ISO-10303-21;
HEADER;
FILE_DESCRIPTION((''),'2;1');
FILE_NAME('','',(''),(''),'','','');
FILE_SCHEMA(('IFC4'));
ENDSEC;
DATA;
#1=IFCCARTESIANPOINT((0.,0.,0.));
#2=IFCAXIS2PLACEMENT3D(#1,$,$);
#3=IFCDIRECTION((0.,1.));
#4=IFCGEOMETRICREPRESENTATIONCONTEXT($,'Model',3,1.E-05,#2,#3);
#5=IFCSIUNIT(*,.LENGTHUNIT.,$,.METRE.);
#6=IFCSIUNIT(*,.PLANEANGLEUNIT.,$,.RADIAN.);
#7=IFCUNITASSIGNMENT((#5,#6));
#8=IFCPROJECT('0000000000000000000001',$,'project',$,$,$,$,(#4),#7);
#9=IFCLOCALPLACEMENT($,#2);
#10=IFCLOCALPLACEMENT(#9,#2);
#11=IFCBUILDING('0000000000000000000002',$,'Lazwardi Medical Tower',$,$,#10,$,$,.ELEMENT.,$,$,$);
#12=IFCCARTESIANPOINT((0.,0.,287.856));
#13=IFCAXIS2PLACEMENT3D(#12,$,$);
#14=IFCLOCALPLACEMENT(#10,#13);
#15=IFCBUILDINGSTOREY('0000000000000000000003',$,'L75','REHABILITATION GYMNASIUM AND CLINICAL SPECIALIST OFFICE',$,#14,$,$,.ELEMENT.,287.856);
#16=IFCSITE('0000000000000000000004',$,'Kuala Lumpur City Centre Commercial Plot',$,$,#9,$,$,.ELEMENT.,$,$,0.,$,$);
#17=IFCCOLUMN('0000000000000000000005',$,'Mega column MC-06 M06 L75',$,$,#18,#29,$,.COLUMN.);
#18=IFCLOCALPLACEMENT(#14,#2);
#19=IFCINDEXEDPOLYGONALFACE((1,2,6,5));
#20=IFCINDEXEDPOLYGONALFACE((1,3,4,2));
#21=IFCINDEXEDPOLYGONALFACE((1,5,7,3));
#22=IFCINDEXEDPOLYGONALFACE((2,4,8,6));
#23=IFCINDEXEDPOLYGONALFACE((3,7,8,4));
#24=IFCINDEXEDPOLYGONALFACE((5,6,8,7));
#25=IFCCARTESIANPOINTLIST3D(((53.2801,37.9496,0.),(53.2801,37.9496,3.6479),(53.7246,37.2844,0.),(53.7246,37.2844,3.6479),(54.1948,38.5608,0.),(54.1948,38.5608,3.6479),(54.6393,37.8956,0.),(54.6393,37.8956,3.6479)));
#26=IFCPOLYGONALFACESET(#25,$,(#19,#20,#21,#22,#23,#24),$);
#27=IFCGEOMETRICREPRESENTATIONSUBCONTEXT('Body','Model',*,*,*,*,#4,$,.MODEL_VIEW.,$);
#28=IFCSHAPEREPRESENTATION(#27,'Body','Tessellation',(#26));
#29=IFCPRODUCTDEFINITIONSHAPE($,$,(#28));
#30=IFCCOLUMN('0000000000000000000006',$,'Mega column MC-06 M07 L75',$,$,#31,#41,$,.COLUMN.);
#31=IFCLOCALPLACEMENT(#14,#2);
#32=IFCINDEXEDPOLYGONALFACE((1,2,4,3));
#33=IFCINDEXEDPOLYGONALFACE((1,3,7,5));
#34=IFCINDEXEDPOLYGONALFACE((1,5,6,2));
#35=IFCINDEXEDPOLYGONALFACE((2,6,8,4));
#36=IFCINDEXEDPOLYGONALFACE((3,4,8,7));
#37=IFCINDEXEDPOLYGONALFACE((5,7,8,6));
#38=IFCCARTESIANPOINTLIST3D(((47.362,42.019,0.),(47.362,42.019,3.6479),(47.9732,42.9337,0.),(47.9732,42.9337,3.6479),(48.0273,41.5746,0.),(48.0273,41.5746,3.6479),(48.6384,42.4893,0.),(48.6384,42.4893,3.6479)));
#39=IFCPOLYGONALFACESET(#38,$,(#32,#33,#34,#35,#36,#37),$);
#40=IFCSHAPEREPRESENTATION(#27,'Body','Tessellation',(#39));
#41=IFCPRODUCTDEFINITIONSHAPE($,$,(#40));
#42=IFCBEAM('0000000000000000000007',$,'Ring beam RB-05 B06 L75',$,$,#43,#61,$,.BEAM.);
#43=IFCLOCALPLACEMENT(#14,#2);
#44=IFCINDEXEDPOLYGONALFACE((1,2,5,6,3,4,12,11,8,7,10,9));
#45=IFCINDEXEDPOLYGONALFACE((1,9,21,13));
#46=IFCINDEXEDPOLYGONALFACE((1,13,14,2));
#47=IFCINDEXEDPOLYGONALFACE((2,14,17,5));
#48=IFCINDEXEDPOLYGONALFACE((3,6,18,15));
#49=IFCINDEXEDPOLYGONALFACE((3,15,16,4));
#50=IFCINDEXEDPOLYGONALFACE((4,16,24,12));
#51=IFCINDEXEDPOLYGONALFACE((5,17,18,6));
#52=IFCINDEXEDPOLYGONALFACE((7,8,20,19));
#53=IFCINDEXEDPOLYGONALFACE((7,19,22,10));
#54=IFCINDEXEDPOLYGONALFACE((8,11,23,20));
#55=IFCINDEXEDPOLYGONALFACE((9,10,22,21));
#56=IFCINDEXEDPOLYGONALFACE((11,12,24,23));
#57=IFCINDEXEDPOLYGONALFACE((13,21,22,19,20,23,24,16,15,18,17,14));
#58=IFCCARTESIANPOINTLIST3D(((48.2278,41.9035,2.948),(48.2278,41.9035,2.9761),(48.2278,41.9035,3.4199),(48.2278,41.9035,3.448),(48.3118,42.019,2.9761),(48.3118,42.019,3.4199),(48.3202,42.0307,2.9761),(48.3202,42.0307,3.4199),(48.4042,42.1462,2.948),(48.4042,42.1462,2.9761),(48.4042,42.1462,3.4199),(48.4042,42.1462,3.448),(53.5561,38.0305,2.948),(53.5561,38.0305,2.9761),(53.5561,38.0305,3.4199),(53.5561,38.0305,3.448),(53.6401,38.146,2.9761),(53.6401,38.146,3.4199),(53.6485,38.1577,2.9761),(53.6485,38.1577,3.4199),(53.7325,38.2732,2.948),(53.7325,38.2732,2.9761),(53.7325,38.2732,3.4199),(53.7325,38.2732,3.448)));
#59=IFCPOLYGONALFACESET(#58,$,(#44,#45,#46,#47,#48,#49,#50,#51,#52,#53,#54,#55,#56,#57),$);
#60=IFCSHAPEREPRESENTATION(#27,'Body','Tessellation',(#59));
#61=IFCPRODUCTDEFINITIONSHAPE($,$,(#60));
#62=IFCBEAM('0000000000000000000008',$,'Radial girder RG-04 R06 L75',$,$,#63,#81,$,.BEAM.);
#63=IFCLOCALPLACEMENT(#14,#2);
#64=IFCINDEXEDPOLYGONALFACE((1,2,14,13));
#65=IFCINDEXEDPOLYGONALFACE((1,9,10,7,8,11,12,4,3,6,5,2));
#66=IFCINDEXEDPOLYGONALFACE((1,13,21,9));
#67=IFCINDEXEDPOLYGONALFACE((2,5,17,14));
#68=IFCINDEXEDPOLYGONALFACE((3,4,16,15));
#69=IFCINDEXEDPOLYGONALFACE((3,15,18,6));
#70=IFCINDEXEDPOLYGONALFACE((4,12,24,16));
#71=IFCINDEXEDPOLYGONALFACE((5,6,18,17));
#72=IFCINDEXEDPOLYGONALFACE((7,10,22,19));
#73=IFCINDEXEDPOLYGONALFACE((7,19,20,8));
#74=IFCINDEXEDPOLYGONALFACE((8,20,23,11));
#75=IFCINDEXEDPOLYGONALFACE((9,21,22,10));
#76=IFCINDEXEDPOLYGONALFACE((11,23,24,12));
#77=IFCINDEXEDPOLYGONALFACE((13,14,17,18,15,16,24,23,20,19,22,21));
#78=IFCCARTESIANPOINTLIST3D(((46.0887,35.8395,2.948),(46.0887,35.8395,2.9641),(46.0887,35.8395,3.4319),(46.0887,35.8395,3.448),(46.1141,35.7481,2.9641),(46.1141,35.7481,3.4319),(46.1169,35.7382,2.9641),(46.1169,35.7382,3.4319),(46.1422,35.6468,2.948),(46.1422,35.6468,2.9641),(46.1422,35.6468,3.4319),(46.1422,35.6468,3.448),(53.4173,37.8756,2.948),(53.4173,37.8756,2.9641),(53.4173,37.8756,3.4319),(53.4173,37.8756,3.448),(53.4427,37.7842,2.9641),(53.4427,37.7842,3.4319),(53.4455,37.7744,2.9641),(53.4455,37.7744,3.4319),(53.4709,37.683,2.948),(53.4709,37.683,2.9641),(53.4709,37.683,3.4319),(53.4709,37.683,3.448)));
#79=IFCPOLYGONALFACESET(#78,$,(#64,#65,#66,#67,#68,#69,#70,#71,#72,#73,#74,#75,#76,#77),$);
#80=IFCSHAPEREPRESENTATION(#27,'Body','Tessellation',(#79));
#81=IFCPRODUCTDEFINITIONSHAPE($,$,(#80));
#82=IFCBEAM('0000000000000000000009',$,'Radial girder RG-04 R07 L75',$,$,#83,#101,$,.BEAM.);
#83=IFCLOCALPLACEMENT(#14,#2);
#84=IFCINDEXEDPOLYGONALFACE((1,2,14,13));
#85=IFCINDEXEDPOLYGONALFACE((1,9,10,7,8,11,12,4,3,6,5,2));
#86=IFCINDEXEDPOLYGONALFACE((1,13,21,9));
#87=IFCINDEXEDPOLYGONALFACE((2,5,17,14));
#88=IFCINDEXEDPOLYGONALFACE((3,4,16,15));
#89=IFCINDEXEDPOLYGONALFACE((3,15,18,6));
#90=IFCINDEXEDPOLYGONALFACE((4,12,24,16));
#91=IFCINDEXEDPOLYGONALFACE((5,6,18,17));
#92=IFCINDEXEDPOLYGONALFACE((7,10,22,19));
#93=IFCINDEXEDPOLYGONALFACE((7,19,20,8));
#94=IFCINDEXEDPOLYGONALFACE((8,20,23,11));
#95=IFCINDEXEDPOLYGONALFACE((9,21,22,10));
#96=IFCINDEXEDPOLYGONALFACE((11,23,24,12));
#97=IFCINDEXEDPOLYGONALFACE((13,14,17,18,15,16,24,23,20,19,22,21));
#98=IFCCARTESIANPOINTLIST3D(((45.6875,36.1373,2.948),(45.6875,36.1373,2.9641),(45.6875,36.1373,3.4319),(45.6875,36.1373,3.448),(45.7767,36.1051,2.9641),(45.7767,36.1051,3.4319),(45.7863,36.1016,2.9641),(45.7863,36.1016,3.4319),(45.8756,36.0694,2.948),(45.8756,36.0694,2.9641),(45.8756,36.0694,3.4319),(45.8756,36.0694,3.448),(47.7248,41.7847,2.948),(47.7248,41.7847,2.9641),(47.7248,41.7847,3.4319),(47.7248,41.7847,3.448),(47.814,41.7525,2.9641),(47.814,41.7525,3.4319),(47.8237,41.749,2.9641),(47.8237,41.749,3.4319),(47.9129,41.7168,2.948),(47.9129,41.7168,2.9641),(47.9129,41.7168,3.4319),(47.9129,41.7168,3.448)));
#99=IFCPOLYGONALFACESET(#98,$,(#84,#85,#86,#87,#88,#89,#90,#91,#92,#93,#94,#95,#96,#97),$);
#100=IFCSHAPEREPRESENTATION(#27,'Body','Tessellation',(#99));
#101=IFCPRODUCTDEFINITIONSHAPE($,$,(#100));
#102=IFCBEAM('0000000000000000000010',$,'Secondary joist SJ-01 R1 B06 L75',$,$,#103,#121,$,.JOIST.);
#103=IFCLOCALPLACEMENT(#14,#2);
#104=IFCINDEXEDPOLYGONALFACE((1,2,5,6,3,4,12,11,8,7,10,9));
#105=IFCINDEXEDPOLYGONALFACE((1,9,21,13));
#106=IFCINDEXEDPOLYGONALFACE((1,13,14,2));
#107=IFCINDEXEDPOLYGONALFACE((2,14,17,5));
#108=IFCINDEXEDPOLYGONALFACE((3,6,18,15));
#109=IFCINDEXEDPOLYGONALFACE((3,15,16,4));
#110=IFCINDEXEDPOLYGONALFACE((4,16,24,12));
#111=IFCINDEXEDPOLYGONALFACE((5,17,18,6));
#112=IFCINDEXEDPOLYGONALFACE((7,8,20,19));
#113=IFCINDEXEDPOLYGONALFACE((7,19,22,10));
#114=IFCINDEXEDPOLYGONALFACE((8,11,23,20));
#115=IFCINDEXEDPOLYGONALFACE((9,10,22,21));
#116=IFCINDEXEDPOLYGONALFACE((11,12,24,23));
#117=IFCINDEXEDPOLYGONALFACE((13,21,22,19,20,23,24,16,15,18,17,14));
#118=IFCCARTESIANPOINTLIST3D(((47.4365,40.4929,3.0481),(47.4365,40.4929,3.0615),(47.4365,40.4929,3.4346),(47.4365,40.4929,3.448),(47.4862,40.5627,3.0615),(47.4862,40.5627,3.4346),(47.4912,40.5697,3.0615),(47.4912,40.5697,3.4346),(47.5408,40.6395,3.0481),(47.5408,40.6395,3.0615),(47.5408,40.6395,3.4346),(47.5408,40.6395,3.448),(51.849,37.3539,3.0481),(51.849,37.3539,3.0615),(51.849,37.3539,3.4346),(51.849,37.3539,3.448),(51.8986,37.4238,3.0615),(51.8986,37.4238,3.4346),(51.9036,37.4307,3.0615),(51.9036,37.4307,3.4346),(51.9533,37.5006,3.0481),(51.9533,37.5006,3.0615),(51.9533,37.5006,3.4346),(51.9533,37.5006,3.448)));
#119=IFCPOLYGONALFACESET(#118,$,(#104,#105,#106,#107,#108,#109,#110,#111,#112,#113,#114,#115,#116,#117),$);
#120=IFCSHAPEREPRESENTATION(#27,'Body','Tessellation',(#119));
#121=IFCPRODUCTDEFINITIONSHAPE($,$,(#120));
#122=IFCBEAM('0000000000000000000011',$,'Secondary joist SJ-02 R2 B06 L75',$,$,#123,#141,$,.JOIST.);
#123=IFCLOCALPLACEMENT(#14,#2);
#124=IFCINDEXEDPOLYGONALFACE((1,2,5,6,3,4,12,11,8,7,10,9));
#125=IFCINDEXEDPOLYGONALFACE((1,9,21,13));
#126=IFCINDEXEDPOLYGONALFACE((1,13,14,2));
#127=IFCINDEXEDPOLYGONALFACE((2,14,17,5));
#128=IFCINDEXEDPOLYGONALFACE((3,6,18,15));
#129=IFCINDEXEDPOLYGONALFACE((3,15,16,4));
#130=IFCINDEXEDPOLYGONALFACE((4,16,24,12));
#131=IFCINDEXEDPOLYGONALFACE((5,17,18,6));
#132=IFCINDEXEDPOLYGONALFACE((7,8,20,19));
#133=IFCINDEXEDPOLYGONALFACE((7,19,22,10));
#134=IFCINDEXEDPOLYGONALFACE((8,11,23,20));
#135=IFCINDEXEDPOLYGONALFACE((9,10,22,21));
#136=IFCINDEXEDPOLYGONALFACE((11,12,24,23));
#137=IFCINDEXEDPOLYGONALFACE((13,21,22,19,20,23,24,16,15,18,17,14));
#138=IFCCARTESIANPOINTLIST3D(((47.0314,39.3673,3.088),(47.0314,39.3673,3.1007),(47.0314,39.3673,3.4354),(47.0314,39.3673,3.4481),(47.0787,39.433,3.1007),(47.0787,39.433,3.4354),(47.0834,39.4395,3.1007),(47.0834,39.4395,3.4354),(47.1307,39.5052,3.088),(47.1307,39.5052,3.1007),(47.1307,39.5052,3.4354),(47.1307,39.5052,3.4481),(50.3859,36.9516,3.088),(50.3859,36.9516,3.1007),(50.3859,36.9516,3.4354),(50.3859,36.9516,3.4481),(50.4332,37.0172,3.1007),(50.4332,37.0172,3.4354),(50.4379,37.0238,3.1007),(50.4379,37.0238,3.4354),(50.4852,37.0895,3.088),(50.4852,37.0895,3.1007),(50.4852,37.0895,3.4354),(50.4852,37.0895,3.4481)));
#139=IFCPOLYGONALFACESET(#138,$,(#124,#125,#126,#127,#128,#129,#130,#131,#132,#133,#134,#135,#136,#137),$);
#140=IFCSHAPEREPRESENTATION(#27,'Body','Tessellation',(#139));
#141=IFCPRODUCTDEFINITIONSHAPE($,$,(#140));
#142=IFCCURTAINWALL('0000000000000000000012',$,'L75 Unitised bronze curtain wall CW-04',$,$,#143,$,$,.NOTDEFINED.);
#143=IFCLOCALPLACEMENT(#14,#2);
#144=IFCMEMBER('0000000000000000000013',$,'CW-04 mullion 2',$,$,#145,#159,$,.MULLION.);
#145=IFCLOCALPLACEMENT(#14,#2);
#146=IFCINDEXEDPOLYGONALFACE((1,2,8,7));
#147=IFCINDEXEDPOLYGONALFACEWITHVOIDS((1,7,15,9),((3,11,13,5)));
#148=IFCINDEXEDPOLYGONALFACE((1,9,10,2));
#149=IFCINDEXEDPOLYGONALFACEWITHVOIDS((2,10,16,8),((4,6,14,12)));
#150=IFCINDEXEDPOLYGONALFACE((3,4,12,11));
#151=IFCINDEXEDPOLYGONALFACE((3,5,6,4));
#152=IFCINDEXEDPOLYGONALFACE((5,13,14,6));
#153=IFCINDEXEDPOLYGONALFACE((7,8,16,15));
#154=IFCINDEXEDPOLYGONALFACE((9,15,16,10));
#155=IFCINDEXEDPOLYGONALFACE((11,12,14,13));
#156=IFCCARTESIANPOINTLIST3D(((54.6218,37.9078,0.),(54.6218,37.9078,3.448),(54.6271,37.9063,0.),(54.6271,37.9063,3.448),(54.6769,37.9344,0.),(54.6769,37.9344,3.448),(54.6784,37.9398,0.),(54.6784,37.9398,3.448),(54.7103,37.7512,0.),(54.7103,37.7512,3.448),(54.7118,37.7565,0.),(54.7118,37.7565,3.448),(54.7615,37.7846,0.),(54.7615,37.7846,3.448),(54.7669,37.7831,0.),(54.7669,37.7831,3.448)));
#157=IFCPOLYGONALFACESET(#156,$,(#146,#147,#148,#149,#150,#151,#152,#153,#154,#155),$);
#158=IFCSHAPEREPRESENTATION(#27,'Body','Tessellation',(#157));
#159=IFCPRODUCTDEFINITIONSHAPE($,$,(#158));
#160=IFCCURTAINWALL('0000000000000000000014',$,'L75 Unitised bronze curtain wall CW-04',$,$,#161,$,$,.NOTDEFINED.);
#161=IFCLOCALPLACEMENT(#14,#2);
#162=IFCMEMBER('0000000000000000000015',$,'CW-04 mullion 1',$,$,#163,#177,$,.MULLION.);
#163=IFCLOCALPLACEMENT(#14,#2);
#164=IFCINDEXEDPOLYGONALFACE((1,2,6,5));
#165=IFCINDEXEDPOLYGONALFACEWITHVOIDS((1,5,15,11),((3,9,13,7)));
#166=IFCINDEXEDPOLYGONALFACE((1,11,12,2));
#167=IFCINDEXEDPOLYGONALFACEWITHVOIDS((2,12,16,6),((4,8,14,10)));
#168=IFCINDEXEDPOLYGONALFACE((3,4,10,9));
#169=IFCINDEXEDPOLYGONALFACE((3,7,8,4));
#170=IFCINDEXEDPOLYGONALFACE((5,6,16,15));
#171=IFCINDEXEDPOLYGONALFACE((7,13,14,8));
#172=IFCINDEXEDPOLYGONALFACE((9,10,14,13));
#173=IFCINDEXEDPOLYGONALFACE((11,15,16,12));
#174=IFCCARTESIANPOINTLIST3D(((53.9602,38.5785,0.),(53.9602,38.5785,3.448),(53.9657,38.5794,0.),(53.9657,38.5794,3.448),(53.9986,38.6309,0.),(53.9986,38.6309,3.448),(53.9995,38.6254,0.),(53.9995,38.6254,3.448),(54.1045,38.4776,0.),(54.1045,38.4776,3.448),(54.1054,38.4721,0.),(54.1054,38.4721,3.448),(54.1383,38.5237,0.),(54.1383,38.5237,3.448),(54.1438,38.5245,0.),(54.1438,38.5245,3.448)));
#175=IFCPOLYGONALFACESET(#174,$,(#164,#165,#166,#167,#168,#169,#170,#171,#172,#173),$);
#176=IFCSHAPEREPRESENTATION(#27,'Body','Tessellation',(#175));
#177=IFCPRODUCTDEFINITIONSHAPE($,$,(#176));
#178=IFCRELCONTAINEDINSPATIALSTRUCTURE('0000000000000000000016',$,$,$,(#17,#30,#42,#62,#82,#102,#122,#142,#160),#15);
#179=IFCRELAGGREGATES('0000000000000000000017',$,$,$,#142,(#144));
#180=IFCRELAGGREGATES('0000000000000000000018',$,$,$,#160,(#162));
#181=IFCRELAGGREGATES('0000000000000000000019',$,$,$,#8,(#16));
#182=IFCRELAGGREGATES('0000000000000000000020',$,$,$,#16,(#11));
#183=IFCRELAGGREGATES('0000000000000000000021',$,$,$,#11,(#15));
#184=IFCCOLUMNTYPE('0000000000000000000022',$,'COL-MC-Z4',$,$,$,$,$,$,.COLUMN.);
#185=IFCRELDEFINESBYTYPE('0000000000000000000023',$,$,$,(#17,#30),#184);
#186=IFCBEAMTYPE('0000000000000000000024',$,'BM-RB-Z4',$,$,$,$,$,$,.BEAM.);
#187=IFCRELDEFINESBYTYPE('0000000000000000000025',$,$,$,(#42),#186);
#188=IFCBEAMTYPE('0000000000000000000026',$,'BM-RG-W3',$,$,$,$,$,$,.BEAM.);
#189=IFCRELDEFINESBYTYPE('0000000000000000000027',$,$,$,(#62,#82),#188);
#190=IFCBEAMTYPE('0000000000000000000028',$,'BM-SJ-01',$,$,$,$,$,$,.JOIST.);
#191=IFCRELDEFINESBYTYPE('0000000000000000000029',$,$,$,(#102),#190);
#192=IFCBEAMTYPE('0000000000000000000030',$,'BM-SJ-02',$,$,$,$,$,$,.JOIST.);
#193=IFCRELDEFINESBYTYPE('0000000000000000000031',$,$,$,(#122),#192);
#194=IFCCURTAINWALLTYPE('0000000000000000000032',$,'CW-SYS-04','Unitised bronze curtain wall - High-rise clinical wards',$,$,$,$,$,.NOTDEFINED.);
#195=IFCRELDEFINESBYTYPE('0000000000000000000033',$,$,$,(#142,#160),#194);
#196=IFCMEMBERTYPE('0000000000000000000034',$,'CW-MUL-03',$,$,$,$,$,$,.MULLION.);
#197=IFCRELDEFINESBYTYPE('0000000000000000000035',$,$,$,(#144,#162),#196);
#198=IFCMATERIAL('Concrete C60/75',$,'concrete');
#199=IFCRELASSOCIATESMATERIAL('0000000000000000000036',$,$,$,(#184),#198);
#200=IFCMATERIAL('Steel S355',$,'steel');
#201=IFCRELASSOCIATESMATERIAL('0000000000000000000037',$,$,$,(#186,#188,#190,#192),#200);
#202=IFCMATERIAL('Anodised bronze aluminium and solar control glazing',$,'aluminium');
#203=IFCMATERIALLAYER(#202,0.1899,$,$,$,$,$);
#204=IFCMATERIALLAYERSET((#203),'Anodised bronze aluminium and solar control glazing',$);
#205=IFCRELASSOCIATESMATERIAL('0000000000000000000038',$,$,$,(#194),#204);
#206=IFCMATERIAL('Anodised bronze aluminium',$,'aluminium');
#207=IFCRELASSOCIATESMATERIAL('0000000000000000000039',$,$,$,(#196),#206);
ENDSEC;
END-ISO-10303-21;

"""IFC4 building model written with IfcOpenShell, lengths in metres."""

from ifc_helpers import new_model, si_unit, direction, frame, origin, origin_2d, place, context, subcontext, project, spatial, rectangle, hollow_rectangle, i_section, extrude, material, layer, layer_set, material_profile, profile_set, type_object, element, aggregate, save


model = new_model("IFC4")

# Units and contexts
model_context = context("Model", 3, precision=1e-05, world=origin(), true_north=direction((0.0, 1.0)))
body_context = subcontext(model_context, "Body", "Model", "MODEL_VIEW")
ifc_project = project(units=[si_unit("LENGTHUNIT", "METRE"), si_unit("PLANEANGLEUNIT", "RADIAN")], contexts=[model_context])

# Site, building, storey
site_placement = place(None, origin())
site = spatial("IfcSite", under=ifc_project, at=site_placement, Name="Kuala Lumpur City Centre Commercial Plot", CompositionType="ELEMENT", RefElevation=0.0)
building_placement = place(site_placement, origin())
building = spatial("IfcBuilding", under=site, at=building_placement, Name="Lazwardi Medical Tower", CompositionType="ELEMENT")
storey_placement = place(building_placement, frame((0.0, 0.0, 287.856)))
storey = spatial("IfcBuildingStorey", under=building, at=storey_placement, Name="L75", Description="REHABILITATION GYMNASIUM AND CLINICAL SPECIALIST OFFICE", CompositionType="ELEMENT", Elevation=287.856)

# Columns
ifc_material_1 = material(Name="Concrete C60/75", Category="concrete")
ifc_material_profile_1 = material_profile(ifc_material_1, rectangle(XDim=1.1001, YDim=0.8, at=origin_2d()), Name="CFT-RECT 1100x800")
ifc_profile_set_1 = profile_set([ifc_material_profile_1], Name="Concrete C60/75")
column_type = type_object("IfcColumnType", Name="COL-MC-Z4", PredefinedType="COLUMN", material=ifc_profile_set_1)
for number, where, z_axis, x_axis, name in (
    (1, (53.9597, 37.9226, 0.0), (0.0, 0.0, 1.0), (0.83147, 0.55557, 0.0), "Mega column MC-06 M06 L75"),
    (2, (48.0002, 42.2542, 0.0), (0.0, 0.0, 1.0), (0.55557, 0.83147, 0.0), "Mega column MC-06 M07 L75"),
):
    element("IfcColumn", number, at=place(storey_placement, frame(where, z_axis=z_axis, x_axis=x_axis)), inside=storey, type_object=column_type, Name=name, PredefinedType="COLUMN", context=body_context, shape_type="SweptSolid", body=[
        extrude(rectangle(XDim=1.1001, YDim=0.8, at=origin_2d()), origin(), (0.0, 0.0, 1.0), 3.6479),
    ])

# Beams
ifc_material_2 = material(Name="Steel S355", Category="steel")
ifc_material_profile_2 = material_profile(ifc_material_2, i_section(OverallWidth=0.3, OverallDepth=0.5, WebThickness=0.0144, FlangeThickness=0.0281, at=origin_2d()), Name="HEB 500")
ifc_profile_set_2 = profile_set([ifc_material_profile_2], Name="Steel S355")
beam_type_1 = type_object("IfcBeamType", Name="BM-RB-Z4", PredefinedType="BEAM", material=ifc_profile_set_2)
beam_1_placement = place(storey_placement, frame((53.6443, 38.1519, 3.198), z_axis=(-0.80889, 0.58796, 0.0), x_axis=(-0.58796, -0.80889, 0.0)))
element("IfcBeam", 3, at=beam_1_placement, inside=storey, type_object=beam_type_1, Name="Ring beam RB-05 B06 L75", PredefinedType="BEAM", context=body_context, shape_type="SweptSolid", body=[
    extrude(i_section(OverallWidth=0.3, OverallDepth=0.5, WebThickness=0.0144, FlangeThickness=0.0281, at=origin_2d()), origin(), (0.0, 0.0, 1.0), 6.5872),
])
ifc_material_profile_3 = material_profile(ifc_material_2, i_section(OverallWidth=0.2, OverallDepth=0.5, WebThickness=0.0103, FlangeThickness=0.0161, at=origin_2d()), Name="IPE 500")
ifc_profile_set_3 = profile_set([ifc_material_profile_3], Name="Steel S355")
beam_type_2 = type_object("IfcBeamType", Name="BM-RG-W3", PredefinedType="BEAM", material=ifc_profile_set_3)
beam_2_placement = place(storey_placement, frame((53.4441, 37.7793, 3.198), z_axis=(-0.963504, -0.267694, 0.0), x_axis=(0.267694, -0.963504, 0.0)))
element("IfcBeam", 4, at=beam_2_placement, inside=storey, type_object=beam_type_2, Name="Radial girder RG-04 R06 L75", PredefinedType="BEAM", context=body_context, shape_type="SweptSolid", body=[
    extrude(i_section(OverallWidth=0.2, OverallDepth=0.5, WebThickness=0.0103, FlangeThickness=0.0161, at=origin_2d()), origin(), (0.0, 0.0, 1.0), 7.6062),
])
beam_3_placement = place(storey_placement, frame((47.8188, 41.7507, 3.198), z_axis=(-0.339349, -0.940661, 0.0), x_axis=(0.940661, -0.339349, 0.0)))
element("IfcBeam", 5, at=beam_3_placement, inside=storey, type_object=beam_type_2, Name="Radial girder RG-04 R07 L75", PredefinedType="BEAM", context=body_context, shape_type="SweptSolid", body=[
    extrude(i_section(OverallWidth=0.2, OverallDepth=0.5, WebThickness=0.0103, FlangeThickness=0.0161, at=origin_2d()), origin(), (0.0, 0.0, 1.0), 6.0037),
])
ifc_material_profile_4 = material_profile(ifc_material_2, i_section(OverallWidth=0.1799, OverallDepth=0.3999, WebThickness=0.0085, FlangeThickness=0.0134, at=origin_2d()), Name="IPE 400")
ifc_profile_set_4 = profile_set([ifc_material_profile_4], Name="Steel S355")
beam_type_3 = type_object("IfcBeamType", Name="BM-SJ-01", PredefinedType="JOIST", material=ifc_profile_set_4)
beam_4_placement = place(storey_placement, frame((51.9011, 37.4272, 3.248), z_axis=(-0.814847, 0.579676, 0.0), x_axis=(-0.579676, -0.814847, 0.0)))
element("IfcBeam", 6, at=beam_4_placement, inside=storey, type_object=beam_type_3, Name="Secondary joist SJ-01 R1 B06 L75", PredefinedType="JOIST", context=body_context, shape_type="SweptSolid", body=[
    extrude(i_section(OverallWidth=0.1799, OverallDepth=0.3999, WebThickness=0.0085, FlangeThickness=0.0134, at=origin_2d()), origin(), (0.0, 0.0, 1.0), 5.415),
])
ifc_material_profile_5 = material_profile(ifc_material_2, i_section(OverallWidth=0.1699, OverallDepth=0.3601, WebThickness=0.0081, FlangeThickness=0.0127, at=origin_2d()), Name="IPE 360")
ifc_profile_set_5 = profile_set([ifc_material_profile_5], Name="Steel S355")
beam_type_4 = type_object("IfcBeamType", Name="BM-SJ-02", PredefinedType="JOIST", material=ifc_profile_set_5)
beam_5_placement = place(storey_placement, frame((50.4355, 37.0205, 3.2681), z_axis=(-0.811473, 0.58439, 0.0), x_axis=(-0.58439, -0.811473, 0.0)))
element("IfcBeam", 7, at=beam_5_placement, inside=storey, type_object=beam_type_4, Name="Secondary joist SJ-02 R2 B06 L75", PredefinedType="JOIST", context=body_context, shape_type="SweptSolid", body=[
    extrude(i_section(OverallWidth=0.1699, OverallDepth=0.3601, WebThickness=0.0081, FlangeThickness=0.0127, at=origin_2d()), origin(), (0.0, 0.0, 1.0), 4.1338),
])

# Curtain wall, member
ifc_material_3 = material(Name="Anodised bronze aluminium and solar control glazing", Category="aluminium")
ifc_layer_1 = layer(ifc_material_3, 0.1899)
ifc_layer_set_1 = layer_set([ifc_layer_1], Name="Anodised bronze aluminium and solar control glazing")
curtain_wall_type = type_object("IfcCurtainWallType", Name="CW-SYS-04", Description="Unitised bronze curtain wall - High-rise clinical wards", PredefinedType="NOTDEFINED", material=ifc_layer_set_1)
curtain_wall_1_placement = place(storey_placement, origin())
curtain_wall_1 = element("IfcCurtainWall", 8, at=curtain_wall_1_placement, inside=storey, type_object=curtain_wall_type, Name="L75 Unitised bronze curtain wall CW-04", PredefinedType="NOTDEFINED")
ifc_material_4 = material(Name="Anodised bronze aluminium", Category="aluminium")
ifc_material_profile_6 = material_profile(ifc_material_4, hollow_rectangle(XDim=0.0649, YDim=0.1799, WallThickness=0.0039, at=origin_2d()), Name="ALU-MULLION 180x65x4")
ifc_profile_set_6 = profile_set([ifc_material_profile_6], Name="Anodised bronze aluminium")
member_type_1 = type_object("IfcMemberType", Name="CW-MUL-03", PredefinedType="MULLION", material=ifc_profile_set_6)
member_1_placement = place(storey_placement, frame((54.6943, 37.8455, 0.0), z_axis=(0.0, 0.0, 1.0), x_axis=(-0.870651, -0.4919, 0.0)))
member_1 = element("IfcMember", 9, at=member_1_placement, type_object=member_type_1, Name="CW-04 mullion 2", PredefinedType="MULLION", context=body_context, shape_type="SweptSolid", body=[
    extrude(hollow_rectangle(XDim=0.0649, YDim=0.1799, WallThickness=0.0039, at=origin_2d()), origin(), (0.0, 0.0, 1.0), 3.448),
])
aggregate(curtain_wall_1, [member_1])

# Curtain wall, member
curtain_wall_2_placement = place(storey_placement, origin())
curtain_wall_2 = element("IfcCurtainWall", 10, at=curtain_wall_2_placement, inside=storey, type_object=curtain_wall_type, Name="L75 Unitised bronze curtain wall CW-04", PredefinedType="NOTDEFINED")
member_2_placement = place(storey_placement, frame((54.052, 38.5515, 0.0), z_axis=(0.0, 0.0, 1.0), x_axis=(-0.591268, -0.806475, 0.0)))
member_2 = element("IfcMember", 11, at=member_2_placement, type_object=member_type_1, Name="CW-04 mullion 1", PredefinedType="MULLION", context=body_context, shape_type="SweptSolid", body=[
    extrude(hollow_rectangle(XDim=0.0649, YDim=0.1799, WallThickness=0.0039, at=origin_2d()), origin(), (0.0, 0.0, 1.0), 3.448),
])
aggregate(curtain_wall_2, [member_2])

save(model, "model.ifc")
